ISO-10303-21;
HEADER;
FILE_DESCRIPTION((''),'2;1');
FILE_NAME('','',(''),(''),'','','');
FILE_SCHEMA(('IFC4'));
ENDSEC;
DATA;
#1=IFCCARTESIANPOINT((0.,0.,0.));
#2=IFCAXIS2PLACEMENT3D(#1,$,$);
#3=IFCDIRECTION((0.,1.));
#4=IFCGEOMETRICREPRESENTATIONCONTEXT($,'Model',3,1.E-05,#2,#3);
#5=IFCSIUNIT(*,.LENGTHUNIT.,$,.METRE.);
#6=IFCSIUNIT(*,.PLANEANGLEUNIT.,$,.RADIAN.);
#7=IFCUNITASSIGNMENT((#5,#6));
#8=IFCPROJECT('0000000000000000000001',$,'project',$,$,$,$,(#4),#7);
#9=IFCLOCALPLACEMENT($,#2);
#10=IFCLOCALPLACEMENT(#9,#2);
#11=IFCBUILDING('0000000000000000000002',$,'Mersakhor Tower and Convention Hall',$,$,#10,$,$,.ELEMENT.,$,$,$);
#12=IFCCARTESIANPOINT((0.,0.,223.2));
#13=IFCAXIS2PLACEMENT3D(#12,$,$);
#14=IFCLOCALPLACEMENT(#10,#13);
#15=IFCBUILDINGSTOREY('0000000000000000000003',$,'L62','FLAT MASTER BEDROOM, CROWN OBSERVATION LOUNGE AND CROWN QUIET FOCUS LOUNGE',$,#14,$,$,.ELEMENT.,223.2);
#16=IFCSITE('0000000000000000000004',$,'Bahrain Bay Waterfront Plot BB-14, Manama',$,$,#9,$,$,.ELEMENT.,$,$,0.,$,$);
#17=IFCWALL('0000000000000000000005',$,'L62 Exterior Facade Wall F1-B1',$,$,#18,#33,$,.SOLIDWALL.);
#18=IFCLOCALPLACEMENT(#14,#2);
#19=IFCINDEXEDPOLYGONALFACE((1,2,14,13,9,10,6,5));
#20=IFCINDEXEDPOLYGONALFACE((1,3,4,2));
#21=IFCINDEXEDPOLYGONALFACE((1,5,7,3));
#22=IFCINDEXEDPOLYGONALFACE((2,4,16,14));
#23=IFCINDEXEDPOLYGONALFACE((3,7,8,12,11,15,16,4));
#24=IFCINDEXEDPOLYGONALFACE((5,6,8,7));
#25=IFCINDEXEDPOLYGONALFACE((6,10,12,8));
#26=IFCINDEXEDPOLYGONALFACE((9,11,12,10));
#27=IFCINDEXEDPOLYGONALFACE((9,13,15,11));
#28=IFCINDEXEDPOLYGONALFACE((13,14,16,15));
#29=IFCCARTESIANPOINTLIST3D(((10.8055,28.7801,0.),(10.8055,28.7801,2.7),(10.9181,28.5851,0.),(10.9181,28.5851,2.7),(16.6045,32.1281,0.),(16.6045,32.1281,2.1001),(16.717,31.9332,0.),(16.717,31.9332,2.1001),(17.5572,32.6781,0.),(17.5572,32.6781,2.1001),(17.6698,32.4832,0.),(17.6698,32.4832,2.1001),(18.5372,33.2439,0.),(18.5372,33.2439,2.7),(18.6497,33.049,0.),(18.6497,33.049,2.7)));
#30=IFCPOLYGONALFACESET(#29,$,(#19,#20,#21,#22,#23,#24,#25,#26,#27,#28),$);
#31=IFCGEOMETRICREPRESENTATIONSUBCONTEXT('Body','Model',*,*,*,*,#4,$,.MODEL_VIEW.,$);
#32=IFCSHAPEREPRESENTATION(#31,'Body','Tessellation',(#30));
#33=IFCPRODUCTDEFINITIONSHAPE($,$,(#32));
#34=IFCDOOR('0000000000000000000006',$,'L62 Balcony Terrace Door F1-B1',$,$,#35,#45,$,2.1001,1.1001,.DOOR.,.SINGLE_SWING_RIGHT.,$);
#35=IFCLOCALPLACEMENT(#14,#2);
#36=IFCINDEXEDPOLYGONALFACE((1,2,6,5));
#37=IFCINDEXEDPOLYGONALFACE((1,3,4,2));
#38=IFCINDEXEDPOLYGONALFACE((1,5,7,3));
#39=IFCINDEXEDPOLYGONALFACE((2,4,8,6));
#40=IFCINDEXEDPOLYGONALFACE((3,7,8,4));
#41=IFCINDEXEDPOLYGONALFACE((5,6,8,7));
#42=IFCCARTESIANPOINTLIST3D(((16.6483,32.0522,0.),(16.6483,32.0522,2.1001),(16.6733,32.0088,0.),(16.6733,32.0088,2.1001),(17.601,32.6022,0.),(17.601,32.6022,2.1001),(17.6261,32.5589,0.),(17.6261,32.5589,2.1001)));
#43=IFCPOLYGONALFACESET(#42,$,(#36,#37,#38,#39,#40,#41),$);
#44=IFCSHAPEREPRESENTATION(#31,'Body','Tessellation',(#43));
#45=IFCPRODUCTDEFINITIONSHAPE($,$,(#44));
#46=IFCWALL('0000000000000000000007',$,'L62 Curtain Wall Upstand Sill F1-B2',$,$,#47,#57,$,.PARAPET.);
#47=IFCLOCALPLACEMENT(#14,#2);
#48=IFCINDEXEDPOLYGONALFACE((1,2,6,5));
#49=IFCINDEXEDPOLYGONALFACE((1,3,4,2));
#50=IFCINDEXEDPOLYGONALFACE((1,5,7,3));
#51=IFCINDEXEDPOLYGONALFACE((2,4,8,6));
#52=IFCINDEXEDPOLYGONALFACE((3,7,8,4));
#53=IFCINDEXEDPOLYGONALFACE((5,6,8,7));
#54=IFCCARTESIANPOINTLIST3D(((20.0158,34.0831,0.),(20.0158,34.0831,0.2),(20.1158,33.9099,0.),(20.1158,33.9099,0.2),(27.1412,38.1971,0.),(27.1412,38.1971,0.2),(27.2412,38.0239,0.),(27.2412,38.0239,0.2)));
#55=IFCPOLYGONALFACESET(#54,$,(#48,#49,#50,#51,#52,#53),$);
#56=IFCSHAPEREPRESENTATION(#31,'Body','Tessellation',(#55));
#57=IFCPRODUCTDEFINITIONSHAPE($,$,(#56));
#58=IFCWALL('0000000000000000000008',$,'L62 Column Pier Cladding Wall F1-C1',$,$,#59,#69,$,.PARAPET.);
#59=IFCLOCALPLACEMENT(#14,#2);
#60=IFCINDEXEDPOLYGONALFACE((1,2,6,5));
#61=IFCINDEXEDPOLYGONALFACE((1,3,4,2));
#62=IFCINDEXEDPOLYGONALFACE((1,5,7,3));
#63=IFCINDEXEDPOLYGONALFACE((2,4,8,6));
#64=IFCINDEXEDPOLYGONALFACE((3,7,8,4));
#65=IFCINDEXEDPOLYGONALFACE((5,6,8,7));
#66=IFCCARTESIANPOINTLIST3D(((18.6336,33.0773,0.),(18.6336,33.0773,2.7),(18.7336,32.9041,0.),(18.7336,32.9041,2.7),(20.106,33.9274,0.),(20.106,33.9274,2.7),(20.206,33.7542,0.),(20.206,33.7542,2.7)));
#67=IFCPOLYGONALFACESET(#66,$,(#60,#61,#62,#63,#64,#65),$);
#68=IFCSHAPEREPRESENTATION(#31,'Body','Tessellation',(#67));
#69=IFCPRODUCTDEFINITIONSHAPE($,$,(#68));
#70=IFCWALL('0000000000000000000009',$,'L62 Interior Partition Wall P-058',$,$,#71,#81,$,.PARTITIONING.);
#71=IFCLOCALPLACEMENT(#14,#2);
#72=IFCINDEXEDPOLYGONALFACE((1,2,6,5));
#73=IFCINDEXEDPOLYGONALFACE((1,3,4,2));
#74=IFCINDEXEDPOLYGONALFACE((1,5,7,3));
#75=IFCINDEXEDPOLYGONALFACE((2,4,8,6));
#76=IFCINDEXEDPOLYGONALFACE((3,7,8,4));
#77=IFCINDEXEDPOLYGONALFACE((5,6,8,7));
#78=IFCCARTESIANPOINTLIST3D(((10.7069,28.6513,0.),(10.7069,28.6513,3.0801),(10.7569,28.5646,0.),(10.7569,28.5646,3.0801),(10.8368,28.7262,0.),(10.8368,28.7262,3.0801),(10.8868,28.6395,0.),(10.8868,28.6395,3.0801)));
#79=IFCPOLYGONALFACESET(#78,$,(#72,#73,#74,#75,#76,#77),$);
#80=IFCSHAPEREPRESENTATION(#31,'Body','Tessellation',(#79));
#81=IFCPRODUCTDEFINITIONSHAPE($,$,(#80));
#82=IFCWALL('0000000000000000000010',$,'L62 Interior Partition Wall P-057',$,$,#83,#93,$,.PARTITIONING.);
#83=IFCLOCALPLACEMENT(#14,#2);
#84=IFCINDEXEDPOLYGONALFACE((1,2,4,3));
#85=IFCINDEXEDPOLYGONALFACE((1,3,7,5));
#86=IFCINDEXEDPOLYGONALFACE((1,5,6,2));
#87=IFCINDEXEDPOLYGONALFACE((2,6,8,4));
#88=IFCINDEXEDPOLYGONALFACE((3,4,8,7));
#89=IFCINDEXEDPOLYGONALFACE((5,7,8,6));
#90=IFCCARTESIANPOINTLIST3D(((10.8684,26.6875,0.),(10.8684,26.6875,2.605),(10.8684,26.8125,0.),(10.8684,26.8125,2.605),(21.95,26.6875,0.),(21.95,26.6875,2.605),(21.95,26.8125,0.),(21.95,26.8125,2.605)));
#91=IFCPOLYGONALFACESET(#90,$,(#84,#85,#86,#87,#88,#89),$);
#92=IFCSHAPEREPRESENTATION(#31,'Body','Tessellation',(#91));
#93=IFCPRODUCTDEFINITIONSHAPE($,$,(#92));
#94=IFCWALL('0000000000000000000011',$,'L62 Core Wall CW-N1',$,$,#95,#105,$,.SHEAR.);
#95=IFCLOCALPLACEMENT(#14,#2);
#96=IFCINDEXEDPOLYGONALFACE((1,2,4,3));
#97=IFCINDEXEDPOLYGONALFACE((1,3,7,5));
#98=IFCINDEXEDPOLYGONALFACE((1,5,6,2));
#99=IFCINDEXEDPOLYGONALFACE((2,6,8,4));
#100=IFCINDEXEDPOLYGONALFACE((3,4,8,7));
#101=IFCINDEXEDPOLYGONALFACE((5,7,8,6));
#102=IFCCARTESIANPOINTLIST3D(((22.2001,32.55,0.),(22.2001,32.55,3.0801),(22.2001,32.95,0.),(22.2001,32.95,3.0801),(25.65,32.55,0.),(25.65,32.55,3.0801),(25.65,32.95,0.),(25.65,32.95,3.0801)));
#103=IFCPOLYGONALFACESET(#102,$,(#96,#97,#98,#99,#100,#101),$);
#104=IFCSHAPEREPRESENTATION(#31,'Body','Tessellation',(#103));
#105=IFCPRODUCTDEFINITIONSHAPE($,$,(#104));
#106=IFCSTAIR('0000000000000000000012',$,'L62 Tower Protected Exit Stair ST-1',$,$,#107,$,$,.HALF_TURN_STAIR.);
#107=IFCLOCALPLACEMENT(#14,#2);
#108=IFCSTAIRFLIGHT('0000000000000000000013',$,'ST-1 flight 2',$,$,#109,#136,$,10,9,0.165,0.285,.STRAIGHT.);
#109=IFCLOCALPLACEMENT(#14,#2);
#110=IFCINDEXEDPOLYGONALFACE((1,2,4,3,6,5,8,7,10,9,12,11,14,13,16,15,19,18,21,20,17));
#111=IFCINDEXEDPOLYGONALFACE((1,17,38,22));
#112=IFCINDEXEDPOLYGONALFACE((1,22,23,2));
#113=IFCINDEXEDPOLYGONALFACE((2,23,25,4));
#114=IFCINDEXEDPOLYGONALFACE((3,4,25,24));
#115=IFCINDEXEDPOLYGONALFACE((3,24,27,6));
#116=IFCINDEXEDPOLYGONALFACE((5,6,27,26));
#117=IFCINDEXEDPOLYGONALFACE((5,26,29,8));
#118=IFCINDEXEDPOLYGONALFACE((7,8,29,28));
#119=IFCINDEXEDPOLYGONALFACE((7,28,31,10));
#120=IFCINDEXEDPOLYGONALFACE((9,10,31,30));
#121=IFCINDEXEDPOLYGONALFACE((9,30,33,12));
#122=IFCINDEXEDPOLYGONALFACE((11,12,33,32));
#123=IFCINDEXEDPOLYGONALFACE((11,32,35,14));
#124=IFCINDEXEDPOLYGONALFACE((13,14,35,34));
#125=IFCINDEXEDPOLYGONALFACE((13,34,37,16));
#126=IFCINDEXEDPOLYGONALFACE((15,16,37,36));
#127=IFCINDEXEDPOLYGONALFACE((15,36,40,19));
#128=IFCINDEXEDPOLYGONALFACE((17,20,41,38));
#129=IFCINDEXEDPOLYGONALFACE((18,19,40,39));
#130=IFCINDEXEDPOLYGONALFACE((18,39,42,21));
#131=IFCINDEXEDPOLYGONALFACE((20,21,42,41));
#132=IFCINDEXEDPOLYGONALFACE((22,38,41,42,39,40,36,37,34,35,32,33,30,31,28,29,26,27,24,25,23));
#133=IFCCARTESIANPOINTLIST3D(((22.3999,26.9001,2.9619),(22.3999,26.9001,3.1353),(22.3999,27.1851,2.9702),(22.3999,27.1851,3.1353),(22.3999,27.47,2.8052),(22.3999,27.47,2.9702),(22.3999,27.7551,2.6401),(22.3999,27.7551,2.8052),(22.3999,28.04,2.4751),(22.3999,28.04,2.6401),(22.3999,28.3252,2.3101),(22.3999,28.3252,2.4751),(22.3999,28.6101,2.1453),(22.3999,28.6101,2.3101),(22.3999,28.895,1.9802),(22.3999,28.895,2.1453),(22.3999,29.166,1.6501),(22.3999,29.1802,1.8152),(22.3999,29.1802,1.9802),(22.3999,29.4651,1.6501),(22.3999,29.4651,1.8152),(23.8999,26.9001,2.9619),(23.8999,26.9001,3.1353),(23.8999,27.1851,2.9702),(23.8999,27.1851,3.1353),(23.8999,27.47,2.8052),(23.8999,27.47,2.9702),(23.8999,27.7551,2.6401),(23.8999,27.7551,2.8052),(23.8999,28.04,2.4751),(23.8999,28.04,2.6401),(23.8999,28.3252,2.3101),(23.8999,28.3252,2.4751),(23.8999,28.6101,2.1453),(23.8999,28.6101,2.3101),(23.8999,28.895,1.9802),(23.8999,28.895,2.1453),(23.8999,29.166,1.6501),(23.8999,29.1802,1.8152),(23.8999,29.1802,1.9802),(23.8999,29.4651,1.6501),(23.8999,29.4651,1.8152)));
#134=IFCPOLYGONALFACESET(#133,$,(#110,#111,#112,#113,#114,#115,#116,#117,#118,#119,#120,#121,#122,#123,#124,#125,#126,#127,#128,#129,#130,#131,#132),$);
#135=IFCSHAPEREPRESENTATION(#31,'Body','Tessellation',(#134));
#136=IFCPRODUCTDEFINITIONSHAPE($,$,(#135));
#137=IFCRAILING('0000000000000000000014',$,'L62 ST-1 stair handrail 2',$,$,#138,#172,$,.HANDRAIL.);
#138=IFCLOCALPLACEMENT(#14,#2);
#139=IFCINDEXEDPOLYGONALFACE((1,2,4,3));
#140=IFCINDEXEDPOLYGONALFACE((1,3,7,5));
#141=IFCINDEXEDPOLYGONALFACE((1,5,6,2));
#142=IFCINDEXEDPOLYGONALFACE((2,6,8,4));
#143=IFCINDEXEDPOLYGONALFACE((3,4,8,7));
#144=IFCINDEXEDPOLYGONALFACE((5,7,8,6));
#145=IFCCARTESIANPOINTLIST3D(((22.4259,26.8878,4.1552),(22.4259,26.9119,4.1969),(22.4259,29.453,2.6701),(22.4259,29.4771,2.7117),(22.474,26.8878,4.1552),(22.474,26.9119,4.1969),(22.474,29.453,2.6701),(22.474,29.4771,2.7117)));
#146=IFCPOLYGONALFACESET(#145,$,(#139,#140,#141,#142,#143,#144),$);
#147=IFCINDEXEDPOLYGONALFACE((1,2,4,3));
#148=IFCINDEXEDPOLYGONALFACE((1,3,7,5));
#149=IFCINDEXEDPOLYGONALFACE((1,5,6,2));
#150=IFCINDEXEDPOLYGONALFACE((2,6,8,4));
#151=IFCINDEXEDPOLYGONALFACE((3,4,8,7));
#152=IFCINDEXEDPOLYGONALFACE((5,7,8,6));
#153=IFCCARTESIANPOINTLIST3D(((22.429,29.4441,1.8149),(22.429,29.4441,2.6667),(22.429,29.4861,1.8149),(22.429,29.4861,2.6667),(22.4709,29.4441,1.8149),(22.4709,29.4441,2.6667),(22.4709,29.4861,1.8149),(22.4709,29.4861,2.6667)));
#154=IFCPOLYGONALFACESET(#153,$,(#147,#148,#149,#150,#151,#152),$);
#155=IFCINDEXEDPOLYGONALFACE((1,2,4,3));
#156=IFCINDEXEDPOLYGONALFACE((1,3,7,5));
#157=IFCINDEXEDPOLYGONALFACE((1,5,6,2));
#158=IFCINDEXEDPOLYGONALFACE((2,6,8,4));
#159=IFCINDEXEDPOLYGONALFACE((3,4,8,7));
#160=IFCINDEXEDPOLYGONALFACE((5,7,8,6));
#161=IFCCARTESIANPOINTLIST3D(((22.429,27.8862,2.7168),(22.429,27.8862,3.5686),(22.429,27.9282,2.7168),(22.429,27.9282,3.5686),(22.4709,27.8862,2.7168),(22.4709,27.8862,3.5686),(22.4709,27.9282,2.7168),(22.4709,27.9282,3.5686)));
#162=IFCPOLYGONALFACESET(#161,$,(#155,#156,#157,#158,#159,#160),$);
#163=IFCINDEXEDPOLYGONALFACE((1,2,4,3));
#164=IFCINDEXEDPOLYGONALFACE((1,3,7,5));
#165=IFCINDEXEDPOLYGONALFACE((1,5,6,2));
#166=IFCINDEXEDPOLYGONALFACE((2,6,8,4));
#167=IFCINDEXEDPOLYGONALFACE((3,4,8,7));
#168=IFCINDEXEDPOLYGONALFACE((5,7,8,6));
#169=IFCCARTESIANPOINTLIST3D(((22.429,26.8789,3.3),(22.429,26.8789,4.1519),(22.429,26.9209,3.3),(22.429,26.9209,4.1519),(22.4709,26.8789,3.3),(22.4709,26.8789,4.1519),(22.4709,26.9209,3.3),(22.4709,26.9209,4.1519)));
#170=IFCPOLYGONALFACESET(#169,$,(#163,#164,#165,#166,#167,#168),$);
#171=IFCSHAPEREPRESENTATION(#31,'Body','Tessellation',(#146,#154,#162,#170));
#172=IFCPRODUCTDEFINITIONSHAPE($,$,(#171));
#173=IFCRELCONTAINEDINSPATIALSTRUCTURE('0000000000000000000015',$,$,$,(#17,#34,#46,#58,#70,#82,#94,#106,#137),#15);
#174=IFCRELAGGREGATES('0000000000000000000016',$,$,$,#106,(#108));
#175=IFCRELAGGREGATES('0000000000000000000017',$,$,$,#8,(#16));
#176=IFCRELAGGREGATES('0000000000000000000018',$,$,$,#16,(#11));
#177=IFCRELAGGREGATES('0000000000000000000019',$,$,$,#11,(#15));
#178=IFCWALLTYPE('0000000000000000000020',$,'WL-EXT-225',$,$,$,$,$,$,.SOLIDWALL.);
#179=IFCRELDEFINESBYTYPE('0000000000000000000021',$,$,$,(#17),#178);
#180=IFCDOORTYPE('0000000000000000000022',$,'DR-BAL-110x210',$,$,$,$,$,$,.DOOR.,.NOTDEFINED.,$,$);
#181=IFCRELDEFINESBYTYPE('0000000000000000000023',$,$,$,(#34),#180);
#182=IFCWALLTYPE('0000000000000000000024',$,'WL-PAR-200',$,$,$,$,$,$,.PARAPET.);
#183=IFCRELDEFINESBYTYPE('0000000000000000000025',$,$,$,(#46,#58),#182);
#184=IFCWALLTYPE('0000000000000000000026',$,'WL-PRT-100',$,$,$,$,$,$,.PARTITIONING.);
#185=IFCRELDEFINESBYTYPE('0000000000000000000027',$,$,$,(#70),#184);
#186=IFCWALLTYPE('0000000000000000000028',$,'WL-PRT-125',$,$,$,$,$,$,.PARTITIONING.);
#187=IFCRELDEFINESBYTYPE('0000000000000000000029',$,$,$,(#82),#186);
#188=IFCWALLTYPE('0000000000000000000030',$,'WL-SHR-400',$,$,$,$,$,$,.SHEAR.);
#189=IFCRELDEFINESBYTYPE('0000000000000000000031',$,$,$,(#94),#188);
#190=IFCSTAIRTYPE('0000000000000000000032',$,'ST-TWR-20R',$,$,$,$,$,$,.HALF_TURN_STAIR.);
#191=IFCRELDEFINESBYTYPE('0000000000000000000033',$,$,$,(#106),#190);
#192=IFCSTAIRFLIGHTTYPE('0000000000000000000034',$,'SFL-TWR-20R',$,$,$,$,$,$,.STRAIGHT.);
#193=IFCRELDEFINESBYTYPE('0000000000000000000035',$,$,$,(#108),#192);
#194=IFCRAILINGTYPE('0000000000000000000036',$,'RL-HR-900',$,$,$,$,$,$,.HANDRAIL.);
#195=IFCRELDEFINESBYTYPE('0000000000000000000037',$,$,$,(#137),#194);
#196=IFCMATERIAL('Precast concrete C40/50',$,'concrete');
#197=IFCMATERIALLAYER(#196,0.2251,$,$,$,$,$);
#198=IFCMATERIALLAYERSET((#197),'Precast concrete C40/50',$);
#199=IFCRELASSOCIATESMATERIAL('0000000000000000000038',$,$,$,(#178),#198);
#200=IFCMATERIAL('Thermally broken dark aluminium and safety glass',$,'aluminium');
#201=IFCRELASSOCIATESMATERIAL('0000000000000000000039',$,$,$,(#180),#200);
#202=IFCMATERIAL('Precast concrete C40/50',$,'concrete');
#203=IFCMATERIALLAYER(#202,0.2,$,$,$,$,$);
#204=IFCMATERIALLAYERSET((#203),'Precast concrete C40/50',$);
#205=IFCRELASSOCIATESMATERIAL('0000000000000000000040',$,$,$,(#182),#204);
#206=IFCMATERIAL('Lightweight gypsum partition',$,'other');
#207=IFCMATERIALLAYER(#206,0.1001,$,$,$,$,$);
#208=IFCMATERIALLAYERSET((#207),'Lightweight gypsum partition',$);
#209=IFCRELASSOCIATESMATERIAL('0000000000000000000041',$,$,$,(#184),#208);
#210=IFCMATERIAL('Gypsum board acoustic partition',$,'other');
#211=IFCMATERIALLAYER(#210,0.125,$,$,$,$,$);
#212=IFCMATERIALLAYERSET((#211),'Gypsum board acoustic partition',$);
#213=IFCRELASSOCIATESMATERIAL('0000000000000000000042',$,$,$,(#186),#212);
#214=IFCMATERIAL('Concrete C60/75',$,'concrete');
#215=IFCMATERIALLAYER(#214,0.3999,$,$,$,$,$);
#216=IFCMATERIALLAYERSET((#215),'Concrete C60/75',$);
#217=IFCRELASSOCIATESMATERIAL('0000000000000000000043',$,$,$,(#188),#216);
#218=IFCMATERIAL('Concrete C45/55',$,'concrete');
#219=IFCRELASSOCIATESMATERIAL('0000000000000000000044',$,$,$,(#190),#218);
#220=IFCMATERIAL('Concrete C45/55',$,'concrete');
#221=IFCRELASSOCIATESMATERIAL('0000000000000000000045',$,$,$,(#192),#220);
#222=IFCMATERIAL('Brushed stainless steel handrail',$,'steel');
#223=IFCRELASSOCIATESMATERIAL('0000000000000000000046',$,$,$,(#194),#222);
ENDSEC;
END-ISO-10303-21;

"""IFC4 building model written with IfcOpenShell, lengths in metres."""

from ifc_helpers import new_model, si_unit, direction, frame, frame_2d, origin, origin_2d, place, context, subcontext, project, spatial, polyline, rectangle, outline, extrude, material, layer, layer_set, type_object, element, fill, aggregate, save


model = new_model("IFC4")

# Units and contexts
model_context = context("Model", 3, precision=1e-05, world=origin(), true_north=direction((0.0, 1.0)))
body_context = subcontext(model_context, "Body", "Model", "MODEL_VIEW")
ifc_project = project(units=[si_unit("LENGTHUNIT", "METRE"), si_unit("PLANEANGLEUNIT", "RADIAN")], contexts=[model_context])

# Site, building, storey
site_placement = place(None, origin())
site = spatial("IfcSite", under=ifc_project, at=site_placement, Name="Bahrain Bay Waterfront Plot BB-14, Manama", CompositionType="ELEMENT", RefElevation=0.0)
building_placement = place(site_placement, origin())
building = spatial("IfcBuilding", under=site, at=building_placement, Name="Mersakhor Tower and Convention Hall", CompositionType="ELEMENT")
storey_placement = place(building_placement, frame((0.0, 0.0, 223.2)))
storey = spatial("IfcBuildingStorey", under=building, at=storey_placement, Name="L62", Description="FLAT MASTER BEDROOM, CROWN OBSERVATION LOUNGE AND CROWN QUIET FOCUS LOUNGE", CompositionType="ELEMENT", Elevation=223.2)

# Wall, opening, door
ifc_material_1 = material(Name="Precast concrete C40/50", Category="concrete")
ifc_layer_1 = layer(ifc_material_1, 0.2251)
ifc_layer_set_1 = layer_set([ifc_layer_1], Name="Precast concrete C40/50")
wall_type_1 = type_object("IfcWallType", Name="WL-EXT-225", PredefinedType="SOLIDWALL", material=ifc_layer_set_1)
wall_1_placement = place(storey_placement, frame((10.8618, 28.6826, 0.0), z_axis=(0.0, 0.0, 1.0), x_axis=(0.866027, 0.499998, 0.0)))
wall_1 = element("IfcWall", 1, at=wall_1_placement, inside=storey, type_object=wall_type_1, Name="L62 Exterior Facade Wall F1-B1", PredefinedType="SOLIDWALL", context=body_context, shape_type="SweptSolid", body=[
    extrude(rectangle(XDim=8.9277, YDim=0.2251, at=frame_2d((4.4639, 0.0))), origin(), (0.0, 0.0, 1.0), 2.7),
])
opening_placement = place(wall_1_placement, frame((6.696, 0.0, 0.0)))
opening = element("IfcOpeningElement", 2, at=opening_placement, cuts=wall_1, PredefinedType="OPENING", context=body_context, shape_type="SweptSolid", body=[
    extrude(rectangle(XDim=1.1001, YDim=2.1001, at=frame_2d((0.55, 1.05))), frame((0.0, 0.1226, 0.0), z_axis=(0.0, -1.0, 0.0), x_axis=(1.0, 0.0, 0.0)), (0.0, 0.0, 1.0), 0.2451),
])
ifc_material_2 = material(Name="Thermally broken dark aluminium and safety glass", Category="aluminium")
door_type = type_object("IfcDoorType", Name="DR-BAL-110x210", OperationType="NOTDEFINED", PredefinedType="DOOR", material=ifc_material_2)
door_placement = place(opening_placement, origin())
door = element("IfcDoor", 3, at=door_placement, inside=storey, type_object=door_type, Name="L62 Balcony Terrace Door F1-B1", OperationType="SINGLE_SWING_RIGHT", OverallHeight=2.1001, OverallWidth=1.1001, PredefinedType="DOOR", context=body_context, shape_type="SweptSolid", body=[
    extrude(rectangle(XDim=1.1001, YDim=2.1001, at=frame_2d((0.55, 1.05))), frame((0.0, 0.0249, 0.0), z_axis=(0.0, -1.0, 0.0), x_axis=(1.0, 0.0, 0.0)), (0.0, 0.0, 1.0), 0.05),
])
fill(opening, door)

# Walls
ifc_material_3 = material(Name="Precast concrete C40/50", Category="concrete")
ifc_layer_2 = layer(ifc_material_3, 0.2)
ifc_layer_set_2 = layer_set([ifc_layer_2], Name="Precast concrete C40/50")
wall_type_2 = type_object("IfcWallType", Name="WL-PAR-200", PredefinedType="PARAPET", material=ifc_layer_set_2)
wall_2_placement = place(storey_placement, frame((20.0659, 33.9966, 0.0), z_axis=(0.0, 0.0, 1.0), x_axis=(0.86602, 0.50001, 0.0)))
element("IfcWall", 4, at=wall_2_placement, inside=storey, type_object=wall_type_2, Name="L62 Curtain Wall Upstand Sill F1-B2", PredefinedType="PARAPET", context=body_context, shape_type="SweptSolid", body=[
    extrude(rectangle(XDim=8.2278, YDim=0.2, at=frame_2d((4.1138, 0.0))), origin(), (0.0, 0.0, 1.0), 0.2),
])
wall_3_placement = place(storey_placement, frame((18.6836, 32.9907, 0.0), z_axis=(0.0, 0.0, 1.0), x_axis=(0.866025, 0.5, 0.0)))
element("IfcWall", 5, at=wall_3_placement, inside=storey, type_object=wall_type_2, Name="L62 Column Pier Cladding Wall F1-C1", PredefinedType="PARAPET", context=body_context, shape_type="SweptSolid", body=[
    extrude(rectangle(XDim=1.7002, YDim=0.2, at=frame_2d((0.8501, 0.0))), origin(), (0.0, 0.0, 1.0), 2.7),
])
ifc_material_4 = material(Name="Lightweight gypsum partition", Category="other")
ifc_layer_3 = layer(ifc_material_4, 0.1001)
ifc_layer_set_3 = layer_set([ifc_layer_3], Name="Lightweight gypsum partition")
wall_type_3 = type_object("IfcWallType", Name="WL-PRT-100", PredefinedType="PARTITIONING", material=ifc_layer_set_3)
wall_4_placement = place(storey_placement, frame((10.7319, 28.6079, 0.0), z_axis=(0.0, 0.0, 1.0), x_axis=(0.866131, 0.499816, 0.0)))
element("IfcWall", 6, at=wall_4_placement, inside=storey, type_object=wall_type_3, Name="L62 Interior Partition Wall P-058", PredefinedType="PARTITIONING", context=body_context, shape_type="SweptSolid", body=[
    extrude(rectangle(XDim=0.1499, YDim=0.1001, at=frame_2d((0.075, 0.0))), origin(), (0.0, 0.0, 1.0), 3.0801),
])
ifc_material_5 = material(Name="Gypsum board acoustic partition", Category="other")
ifc_layer_4 = layer(ifc_material_5, 0.125)
ifc_layer_set_4 = layer_set([ifc_layer_4], Name="Gypsum board acoustic partition")
wall_type_4 = type_object("IfcWallType", Name="WL-PRT-125", PredefinedType="PARTITIONING", material=ifc_layer_set_4)
wall_5_placement = place(storey_placement, frame((21.95, 26.75, 0.0), z_axis=(0.0, 0.0, 1.0), x_axis=(-1.0, 0.0, 0.0)))
element("IfcWall", 7, at=wall_5_placement, inside=storey, type_object=wall_type_4, Name="L62 Interior Partition Wall P-057", PredefinedType="PARTITIONING", context=body_context, shape_type="SweptSolid", body=[
    extrude(rectangle(XDim=11.0815, YDim=0.125, at=frame_2d((5.5408, 0.0))), origin(), (0.0, 0.0, 1.0), 2.605),
])
ifc_material_6 = material(Name="Concrete C60/75", Category="concrete")
ifc_layer_5 = layer(ifc_material_6, 0.3999)
ifc_layer_set_5 = layer_set([ifc_layer_5], Name="Concrete C60/75")
wall_type_5 = type_object("IfcWallType", Name="WL-SHR-400", PredefinedType="SHEAR", material=ifc_layer_set_5)
wall_6_placement = place(storey_placement, frame((22.2, 32.75, 0.0), z_axis=(0.0, 0.0, 1.0), x_axis=(1.0, 0.0, 0.0)))
element("IfcWall", 8, at=wall_6_placement, inside=storey, type_object=wall_type_5, Name="L62 Core Wall CW-N1", PredefinedType="SHEAR", context=body_context, shape_type="SweptSolid", body=[
    extrude(rectangle(XDim=3.45, YDim=0.3999, at=frame_2d((1.7251, 0.0))), origin(), (0.0, 0.0, 1.0), 3.0801),
])

# Stair, stair flight
ifc_material_7 = material(Name="Concrete C45/55", Category="concrete")
stair_type = type_object("IfcStairType", Name="ST-TWR-20R", PredefinedType="HALF_TURN_STAIR", material=ifc_material_7)
stair_placement = place(storey_placement, origin())
stair = element("IfcStair", 9, at=stair_placement, inside=storey, type_object=stair_type, Name="L62 Tower Protected Exit Stair ST-1", PredefinedType="HALF_TURN_STAIR")
ifc_material_8 = material(Name="Concrete C45/55", Category="concrete")
stair_flight_type = type_object("IfcStairFlightType", Name="SFL-TWR-20R", PredefinedType="STRAIGHT", material=ifc_material_8)
stair_flight_placement = place(storey_placement, frame((23.1499, 29.4651, 1.6501), z_axis=(0.0, 0.0, 1.0), x_axis=(0.0, -1.0, 0.0)))
stair_flight = element("IfcStairFlight", 10, at=stair_flight_placement, type_object=stair_flight_type, Name="ST-1 flight 2", NumberOfRisers=10, NumberOfTreads=9, PredefinedType="STRAIGHT", RiserHeight=0.165, TreadLength=0.285, context=body_context, shape_type="SweptSolid", body=[
    extrude(outline(polyline([(0.0, 0.0), (0.0, 0.165), (0.2849, 0.165), (0.2849, 0.3301), (0.5701, 0.3301), (0.5701, 0.4951), (0.855, 0.4951), (0.855, 0.6599), (1.1399, 0.6599), (1.1399, 0.825), (1.425, 0.825), (1.425, 0.99), (1.71, 0.99), (1.71, 1.155), (1.9951, 1.155), (1.9951, 1.3201), (2.28, 1.3201), (2.28, 1.4851), (2.5649, 1.4851), (2.5649, 1.6499), (2.5649, 1.3118), (0.2991, 0.0), (0.0, 0.0)])), frame((0.0, 0.75, 0.0), z_axis=(0.0, -1.0, 0.0), x_axis=(1.0, 0.0, 0.0)), (0.0, 0.0, 1.0), 1.5),
])
aggregate(stair, [stair_flight])

# Railing
ifc_material_9 = material(Name="Brushed stainless steel handrail", Category="steel")
railing_type = type_object("IfcRailingType", Name="RL-HR-900", PredefinedType="HANDRAIL", material=ifc_material_9)
railing_placement = place(storey_placement, frame((22.45, 29.4651, 1.8149)))
element("IfcRailing", 11, at=railing_placement, inside=storey, type_object=railing_type, Name="L62 ST-1 stair handrail 2", PredefinedType="HANDRAIL", context=body_context, shape_type="SweptSolid", body=[
    extrude(rectangle(XDim=0.0481, YDim=0.0481, at=origin_2d()), frame((0.0, 0.0, 0.876), z_axis=(0.0, -0.865426, 0.501036), x_axis=(1.0, 0.0, 0.0)), (0.0, 0.0, 1.0), 2.9641),
    extrude(rectangle(XDim=0.042, YDim=0.042, at=origin_2d()), origin(), (0.0, 0.0, 1.0), 0.8518),
    extrude(rectangle(XDim=0.042, YDim=0.042, at=origin_2d()), frame((0.0, -1.5579, 0.9019)), (0.0, 0.0, 1.0), 0.8518),
    extrude(rectangle(XDim=0.042, YDim=0.042, at=origin_2d()), frame((0.0, -2.5652, 1.4851)), (0.0, 0.0, 1.0), 0.8518),
])

save(model, "model.ifc")
